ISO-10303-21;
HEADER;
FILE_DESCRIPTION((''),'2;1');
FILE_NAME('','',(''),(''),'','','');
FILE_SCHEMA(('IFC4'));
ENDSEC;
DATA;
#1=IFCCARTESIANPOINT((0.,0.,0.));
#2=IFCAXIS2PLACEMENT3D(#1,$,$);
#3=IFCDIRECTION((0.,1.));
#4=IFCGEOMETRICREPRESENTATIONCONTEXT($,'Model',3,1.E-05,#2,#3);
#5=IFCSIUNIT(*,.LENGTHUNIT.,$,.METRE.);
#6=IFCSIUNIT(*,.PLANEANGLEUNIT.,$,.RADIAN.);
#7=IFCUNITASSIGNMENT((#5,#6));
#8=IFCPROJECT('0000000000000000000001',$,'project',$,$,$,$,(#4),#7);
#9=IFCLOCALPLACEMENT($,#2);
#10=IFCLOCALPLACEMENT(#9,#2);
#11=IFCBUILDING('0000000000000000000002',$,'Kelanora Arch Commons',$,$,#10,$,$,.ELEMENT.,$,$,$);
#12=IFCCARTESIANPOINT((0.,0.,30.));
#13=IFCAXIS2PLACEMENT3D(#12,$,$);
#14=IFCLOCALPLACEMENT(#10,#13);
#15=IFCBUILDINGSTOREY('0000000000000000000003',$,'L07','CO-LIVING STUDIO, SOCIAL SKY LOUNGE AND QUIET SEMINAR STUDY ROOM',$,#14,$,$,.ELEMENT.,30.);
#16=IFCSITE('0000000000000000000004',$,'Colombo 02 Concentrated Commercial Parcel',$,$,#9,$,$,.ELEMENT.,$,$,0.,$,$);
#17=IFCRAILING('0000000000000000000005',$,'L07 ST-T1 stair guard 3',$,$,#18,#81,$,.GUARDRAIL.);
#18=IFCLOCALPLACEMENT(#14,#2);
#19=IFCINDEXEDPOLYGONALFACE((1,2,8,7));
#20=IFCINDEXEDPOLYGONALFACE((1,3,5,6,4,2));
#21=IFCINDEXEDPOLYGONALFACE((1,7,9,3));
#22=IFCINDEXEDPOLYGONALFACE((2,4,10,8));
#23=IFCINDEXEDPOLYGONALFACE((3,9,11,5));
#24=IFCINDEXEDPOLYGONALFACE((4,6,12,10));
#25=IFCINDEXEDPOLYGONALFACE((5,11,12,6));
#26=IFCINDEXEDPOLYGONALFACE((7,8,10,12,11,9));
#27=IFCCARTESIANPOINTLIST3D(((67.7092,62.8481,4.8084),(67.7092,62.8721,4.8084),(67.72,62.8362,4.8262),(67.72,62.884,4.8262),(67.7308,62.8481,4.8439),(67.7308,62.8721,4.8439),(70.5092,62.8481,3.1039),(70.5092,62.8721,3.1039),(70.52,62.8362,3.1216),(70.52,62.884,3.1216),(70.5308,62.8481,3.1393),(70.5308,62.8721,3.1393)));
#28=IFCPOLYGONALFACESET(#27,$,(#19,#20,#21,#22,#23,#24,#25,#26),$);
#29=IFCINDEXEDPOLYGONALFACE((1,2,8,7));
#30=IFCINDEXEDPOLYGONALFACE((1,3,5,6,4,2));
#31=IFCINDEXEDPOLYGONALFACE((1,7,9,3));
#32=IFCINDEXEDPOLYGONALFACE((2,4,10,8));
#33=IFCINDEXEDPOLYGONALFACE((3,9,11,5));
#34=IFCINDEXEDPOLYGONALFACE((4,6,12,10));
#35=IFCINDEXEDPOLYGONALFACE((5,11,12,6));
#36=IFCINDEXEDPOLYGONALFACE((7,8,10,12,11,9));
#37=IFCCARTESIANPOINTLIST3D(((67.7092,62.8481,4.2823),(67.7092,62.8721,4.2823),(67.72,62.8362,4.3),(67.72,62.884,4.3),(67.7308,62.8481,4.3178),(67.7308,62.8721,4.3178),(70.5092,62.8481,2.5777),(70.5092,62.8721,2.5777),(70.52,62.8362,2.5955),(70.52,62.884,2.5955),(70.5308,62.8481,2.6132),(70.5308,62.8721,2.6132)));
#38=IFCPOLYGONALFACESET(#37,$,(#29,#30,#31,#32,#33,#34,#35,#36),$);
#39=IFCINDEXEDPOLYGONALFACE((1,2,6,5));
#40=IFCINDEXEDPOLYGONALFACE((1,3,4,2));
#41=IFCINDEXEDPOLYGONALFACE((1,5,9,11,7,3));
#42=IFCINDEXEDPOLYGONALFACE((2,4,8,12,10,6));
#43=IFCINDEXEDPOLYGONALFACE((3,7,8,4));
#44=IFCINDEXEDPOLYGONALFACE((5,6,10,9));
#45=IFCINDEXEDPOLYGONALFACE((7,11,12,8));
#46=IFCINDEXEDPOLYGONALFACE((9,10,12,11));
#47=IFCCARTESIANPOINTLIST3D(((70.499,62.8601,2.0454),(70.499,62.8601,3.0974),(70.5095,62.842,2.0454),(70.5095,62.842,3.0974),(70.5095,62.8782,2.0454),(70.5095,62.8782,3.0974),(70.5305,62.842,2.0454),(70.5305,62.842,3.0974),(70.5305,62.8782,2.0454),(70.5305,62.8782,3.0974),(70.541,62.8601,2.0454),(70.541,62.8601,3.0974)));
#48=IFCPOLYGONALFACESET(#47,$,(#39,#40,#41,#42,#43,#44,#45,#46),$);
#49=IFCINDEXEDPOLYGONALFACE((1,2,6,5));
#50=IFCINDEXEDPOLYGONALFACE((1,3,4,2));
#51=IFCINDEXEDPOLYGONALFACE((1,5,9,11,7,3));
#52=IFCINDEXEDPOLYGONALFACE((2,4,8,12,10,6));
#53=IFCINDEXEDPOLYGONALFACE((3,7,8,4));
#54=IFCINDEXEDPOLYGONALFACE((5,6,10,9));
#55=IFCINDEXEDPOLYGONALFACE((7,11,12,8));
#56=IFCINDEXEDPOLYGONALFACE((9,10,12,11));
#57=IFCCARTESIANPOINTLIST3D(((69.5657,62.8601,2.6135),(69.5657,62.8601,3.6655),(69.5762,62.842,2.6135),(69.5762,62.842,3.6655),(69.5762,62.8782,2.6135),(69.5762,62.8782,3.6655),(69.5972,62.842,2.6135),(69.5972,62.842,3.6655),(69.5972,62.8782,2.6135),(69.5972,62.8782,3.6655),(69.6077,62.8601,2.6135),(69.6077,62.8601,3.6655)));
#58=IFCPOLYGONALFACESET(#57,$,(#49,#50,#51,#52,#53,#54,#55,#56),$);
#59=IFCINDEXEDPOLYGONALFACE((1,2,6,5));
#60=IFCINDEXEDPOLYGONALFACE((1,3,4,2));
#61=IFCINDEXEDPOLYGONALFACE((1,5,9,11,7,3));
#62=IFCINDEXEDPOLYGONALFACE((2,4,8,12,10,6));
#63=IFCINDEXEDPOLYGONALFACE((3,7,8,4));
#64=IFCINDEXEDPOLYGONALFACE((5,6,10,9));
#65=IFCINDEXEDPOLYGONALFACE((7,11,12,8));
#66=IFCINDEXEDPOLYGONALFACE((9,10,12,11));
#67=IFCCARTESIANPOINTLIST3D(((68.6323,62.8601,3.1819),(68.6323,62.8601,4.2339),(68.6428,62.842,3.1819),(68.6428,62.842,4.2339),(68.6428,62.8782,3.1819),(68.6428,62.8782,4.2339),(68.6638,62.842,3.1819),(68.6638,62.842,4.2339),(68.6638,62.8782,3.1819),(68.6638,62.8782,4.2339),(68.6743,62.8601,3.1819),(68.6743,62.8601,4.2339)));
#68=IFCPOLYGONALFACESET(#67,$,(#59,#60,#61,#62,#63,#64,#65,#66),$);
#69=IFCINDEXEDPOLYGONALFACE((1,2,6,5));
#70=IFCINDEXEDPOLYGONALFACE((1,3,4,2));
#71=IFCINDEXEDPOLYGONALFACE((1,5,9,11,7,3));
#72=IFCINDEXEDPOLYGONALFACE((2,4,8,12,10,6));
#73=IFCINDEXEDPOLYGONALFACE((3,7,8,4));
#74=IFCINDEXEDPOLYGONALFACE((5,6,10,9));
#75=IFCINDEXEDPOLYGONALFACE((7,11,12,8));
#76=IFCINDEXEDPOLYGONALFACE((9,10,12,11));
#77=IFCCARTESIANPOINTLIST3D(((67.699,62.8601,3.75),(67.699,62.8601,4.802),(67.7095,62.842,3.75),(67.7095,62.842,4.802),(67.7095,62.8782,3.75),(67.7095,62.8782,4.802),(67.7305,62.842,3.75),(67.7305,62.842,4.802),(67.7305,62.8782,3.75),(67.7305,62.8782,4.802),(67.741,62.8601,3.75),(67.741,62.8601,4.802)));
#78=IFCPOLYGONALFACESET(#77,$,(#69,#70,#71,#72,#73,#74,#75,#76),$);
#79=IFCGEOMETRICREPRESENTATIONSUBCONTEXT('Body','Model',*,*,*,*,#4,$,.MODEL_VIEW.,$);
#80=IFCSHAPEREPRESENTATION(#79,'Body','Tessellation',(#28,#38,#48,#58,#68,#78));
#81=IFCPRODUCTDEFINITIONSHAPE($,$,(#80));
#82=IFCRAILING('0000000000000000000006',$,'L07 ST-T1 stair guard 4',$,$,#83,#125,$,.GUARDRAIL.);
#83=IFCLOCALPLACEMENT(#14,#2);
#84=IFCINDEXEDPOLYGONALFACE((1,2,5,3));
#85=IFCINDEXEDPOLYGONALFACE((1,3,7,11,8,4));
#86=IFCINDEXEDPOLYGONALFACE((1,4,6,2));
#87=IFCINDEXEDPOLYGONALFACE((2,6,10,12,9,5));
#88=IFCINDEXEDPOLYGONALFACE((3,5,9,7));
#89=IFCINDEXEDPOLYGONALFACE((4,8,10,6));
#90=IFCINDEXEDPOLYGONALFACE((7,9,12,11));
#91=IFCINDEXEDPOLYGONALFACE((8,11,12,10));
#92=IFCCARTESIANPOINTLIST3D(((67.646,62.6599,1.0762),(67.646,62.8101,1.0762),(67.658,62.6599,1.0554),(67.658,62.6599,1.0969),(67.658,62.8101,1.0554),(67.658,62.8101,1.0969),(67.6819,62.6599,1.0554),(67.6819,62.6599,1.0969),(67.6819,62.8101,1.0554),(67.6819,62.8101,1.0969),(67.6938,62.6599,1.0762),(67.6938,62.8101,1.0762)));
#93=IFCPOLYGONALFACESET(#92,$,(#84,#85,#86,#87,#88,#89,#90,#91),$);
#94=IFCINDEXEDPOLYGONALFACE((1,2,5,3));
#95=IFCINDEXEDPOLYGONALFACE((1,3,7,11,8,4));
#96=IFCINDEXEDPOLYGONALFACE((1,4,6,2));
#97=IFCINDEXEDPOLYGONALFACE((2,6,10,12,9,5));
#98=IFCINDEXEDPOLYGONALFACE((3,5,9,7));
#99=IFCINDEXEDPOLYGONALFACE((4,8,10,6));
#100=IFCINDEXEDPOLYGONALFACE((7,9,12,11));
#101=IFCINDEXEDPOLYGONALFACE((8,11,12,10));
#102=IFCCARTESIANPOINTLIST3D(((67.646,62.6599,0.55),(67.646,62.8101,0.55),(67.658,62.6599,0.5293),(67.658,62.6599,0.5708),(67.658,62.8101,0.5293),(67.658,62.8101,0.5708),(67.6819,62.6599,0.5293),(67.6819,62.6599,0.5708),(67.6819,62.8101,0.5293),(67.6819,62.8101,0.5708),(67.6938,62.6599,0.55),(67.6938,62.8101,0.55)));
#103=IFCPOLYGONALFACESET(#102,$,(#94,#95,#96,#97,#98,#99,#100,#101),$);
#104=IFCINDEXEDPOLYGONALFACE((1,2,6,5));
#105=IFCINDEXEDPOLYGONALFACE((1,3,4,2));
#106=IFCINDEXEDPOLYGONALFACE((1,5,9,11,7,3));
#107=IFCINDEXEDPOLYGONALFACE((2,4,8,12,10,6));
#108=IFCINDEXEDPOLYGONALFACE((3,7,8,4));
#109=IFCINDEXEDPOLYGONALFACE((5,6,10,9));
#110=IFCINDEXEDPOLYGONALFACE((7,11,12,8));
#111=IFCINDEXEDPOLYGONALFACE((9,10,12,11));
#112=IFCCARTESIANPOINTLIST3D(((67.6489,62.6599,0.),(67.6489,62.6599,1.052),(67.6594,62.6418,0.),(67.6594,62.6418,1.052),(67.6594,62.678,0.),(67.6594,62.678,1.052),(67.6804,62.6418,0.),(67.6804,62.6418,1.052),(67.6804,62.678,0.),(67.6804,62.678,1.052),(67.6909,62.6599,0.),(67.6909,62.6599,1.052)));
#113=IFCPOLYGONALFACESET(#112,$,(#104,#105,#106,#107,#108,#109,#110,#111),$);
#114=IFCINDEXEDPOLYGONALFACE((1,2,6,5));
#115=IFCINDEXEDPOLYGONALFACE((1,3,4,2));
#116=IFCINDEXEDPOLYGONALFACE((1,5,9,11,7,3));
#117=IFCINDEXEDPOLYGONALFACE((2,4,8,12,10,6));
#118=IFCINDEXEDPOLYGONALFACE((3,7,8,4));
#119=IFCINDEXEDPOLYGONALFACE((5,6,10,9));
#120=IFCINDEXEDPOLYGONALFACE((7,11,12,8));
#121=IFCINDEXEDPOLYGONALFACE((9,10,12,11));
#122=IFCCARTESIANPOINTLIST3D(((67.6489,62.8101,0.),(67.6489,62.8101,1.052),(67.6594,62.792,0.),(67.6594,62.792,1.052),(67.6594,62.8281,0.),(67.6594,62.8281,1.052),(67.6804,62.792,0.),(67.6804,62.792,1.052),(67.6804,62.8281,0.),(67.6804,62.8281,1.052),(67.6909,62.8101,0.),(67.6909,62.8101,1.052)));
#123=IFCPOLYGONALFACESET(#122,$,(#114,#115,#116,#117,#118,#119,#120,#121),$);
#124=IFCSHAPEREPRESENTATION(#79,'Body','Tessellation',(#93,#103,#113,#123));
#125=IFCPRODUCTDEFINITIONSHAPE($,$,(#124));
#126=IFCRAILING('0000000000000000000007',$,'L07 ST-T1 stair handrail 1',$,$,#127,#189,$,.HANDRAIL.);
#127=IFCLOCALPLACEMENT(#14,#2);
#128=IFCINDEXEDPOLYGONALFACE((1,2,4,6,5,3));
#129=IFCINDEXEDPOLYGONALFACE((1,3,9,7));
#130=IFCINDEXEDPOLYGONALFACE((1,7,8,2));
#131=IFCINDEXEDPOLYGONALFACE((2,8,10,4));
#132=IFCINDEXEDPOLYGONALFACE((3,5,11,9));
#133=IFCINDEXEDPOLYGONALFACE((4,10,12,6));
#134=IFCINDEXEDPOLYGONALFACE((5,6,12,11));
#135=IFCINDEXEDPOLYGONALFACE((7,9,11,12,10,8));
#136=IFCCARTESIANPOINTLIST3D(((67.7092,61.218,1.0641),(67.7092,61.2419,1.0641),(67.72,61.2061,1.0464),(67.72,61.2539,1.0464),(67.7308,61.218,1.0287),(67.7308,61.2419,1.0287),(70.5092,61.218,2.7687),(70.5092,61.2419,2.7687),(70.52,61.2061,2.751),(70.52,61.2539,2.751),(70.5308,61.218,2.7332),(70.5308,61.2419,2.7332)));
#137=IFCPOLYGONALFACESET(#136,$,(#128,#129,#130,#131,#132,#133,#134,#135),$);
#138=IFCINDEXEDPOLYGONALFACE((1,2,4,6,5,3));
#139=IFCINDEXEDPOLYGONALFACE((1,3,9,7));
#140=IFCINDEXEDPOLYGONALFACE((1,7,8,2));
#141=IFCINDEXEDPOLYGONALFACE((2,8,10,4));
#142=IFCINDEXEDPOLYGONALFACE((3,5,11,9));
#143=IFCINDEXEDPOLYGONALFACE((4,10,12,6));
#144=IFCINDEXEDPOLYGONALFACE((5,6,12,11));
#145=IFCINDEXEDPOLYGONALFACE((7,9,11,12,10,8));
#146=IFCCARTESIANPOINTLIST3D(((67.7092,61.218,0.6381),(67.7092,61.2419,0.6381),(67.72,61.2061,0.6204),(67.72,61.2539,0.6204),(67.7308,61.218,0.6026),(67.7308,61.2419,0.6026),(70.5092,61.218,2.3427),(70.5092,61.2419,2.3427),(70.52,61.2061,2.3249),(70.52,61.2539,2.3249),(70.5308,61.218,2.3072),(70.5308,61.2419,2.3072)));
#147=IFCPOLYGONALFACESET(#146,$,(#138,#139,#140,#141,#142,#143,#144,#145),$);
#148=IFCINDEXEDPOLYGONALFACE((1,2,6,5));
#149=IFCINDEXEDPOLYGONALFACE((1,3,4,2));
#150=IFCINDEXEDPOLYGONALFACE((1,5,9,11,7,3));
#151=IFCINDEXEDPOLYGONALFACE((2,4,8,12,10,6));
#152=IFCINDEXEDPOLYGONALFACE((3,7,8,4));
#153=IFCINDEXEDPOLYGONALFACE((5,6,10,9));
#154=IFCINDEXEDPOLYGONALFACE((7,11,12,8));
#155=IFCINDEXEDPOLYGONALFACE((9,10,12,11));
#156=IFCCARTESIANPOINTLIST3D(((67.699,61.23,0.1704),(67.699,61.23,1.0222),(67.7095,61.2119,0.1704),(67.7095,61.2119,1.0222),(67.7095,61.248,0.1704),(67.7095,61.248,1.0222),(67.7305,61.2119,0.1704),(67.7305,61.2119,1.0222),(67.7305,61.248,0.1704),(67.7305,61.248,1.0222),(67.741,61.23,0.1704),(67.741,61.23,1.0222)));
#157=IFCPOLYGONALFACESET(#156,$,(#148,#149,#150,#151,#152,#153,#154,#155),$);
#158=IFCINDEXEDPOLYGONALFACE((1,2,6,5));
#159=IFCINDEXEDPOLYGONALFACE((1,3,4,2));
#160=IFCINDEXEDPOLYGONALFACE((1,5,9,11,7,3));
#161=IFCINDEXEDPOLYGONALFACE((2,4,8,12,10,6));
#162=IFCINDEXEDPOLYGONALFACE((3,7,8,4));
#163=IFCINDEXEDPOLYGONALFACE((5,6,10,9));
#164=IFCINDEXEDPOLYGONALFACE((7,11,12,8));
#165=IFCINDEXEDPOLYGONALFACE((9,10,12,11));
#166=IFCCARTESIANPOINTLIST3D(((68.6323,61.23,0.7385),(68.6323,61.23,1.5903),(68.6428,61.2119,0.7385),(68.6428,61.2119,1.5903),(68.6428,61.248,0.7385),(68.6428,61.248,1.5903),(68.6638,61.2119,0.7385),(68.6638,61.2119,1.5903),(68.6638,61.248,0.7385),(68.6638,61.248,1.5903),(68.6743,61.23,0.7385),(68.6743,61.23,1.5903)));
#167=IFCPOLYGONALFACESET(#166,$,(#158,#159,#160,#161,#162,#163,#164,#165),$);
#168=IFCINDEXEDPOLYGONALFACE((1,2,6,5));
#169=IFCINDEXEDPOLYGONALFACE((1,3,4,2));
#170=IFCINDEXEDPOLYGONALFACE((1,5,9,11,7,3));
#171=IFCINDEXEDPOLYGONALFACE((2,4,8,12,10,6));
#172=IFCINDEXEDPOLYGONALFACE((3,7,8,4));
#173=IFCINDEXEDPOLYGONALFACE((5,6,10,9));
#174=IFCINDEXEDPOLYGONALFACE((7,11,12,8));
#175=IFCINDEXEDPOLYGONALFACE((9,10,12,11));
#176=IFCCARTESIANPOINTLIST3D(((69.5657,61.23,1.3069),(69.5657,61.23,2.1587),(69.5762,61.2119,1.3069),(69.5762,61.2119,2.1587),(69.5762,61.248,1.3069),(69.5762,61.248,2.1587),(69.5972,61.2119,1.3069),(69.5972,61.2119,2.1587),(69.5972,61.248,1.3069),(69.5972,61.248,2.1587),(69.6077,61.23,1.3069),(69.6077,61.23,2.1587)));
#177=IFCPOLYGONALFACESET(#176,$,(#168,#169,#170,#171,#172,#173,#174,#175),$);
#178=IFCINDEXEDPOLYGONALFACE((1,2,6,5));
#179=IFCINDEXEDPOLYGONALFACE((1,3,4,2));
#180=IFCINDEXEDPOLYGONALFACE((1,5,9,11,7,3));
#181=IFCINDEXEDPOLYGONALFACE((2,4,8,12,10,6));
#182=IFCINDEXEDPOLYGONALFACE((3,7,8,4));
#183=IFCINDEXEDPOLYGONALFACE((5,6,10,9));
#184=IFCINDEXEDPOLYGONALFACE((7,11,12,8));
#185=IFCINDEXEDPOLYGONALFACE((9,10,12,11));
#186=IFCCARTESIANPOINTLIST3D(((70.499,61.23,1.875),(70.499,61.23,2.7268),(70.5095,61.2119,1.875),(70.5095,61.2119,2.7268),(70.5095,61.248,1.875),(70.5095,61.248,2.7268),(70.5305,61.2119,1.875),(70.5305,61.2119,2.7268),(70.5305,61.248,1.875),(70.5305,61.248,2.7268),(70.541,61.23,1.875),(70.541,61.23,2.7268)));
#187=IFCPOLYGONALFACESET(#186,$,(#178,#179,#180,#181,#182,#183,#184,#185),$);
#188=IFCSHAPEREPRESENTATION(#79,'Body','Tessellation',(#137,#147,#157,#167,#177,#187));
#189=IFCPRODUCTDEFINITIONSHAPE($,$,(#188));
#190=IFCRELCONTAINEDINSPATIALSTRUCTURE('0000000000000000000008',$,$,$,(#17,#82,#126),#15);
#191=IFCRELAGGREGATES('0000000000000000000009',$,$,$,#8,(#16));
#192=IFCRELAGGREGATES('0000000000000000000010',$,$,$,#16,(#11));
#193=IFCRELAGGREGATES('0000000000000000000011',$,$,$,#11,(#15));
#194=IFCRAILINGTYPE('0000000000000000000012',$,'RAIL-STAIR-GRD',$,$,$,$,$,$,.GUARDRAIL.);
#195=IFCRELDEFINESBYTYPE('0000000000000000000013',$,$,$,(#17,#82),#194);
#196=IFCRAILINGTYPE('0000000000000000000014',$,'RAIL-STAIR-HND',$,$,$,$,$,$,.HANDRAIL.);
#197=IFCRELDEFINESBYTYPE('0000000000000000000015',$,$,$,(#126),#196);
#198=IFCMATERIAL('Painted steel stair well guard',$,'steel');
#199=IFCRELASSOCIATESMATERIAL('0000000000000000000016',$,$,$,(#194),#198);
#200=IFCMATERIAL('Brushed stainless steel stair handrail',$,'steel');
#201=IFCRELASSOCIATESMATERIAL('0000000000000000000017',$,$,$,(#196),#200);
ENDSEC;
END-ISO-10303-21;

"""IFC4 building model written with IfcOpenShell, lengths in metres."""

from ifc_helpers import new_model, si_unit, direction, frame, origin, place, context, subcontext, project, spatial, polyline, outline, extrude, material, type_object, element, save


model = new_model("IFC4")

# Units and contexts
model_context = context("Model", 3, precision=1e-05, world=origin(), true_north=direction((0.0, 1.0)))
body_context = subcontext(model_context, "Body", "Model", "MODEL_VIEW")
ifc_project = project(units=[si_unit("LENGTHUNIT", "METRE"), si_unit("PLANEANGLEUNIT", "RADIAN")], contexts=[model_context])

# Site, building, storey
site_placement = place(None, origin())
site = spatial("IfcSite", under=ifc_project, at=site_placement, Name="Colombo 02 Concentrated Commercial Parcel", CompositionType="ELEMENT", RefElevation=0.0)
building_placement = place(site_placement, origin())
building = spatial("IfcBuilding", under=site, at=building_placement, Name="Kelanora Arch Commons", CompositionType="ELEMENT")
storey_placement = place(building_placement, frame((0.0, 0.0, 30.0)))
storey = spatial("IfcBuildingStorey", under=building, at=storey_placement, Name="L07", Description="CO-LIVING STUDIO, SOCIAL SKY LOUNGE AND QUIET SEMINAR STUDY ROOM", CompositionType="ELEMENT", Elevation=30.0)

# Railings
ifc_material_1 = material(Name="Painted steel stair well guard", Category="steel")
railing_type_1 = type_object("IfcRailingType", Name="RAIL-STAIR-GRD", PredefinedType="GUARDRAIL", material=ifc_material_1)
railing_1_placement = place(storey_placement, frame((70.52, 62.8601, 2.0454)))
element("IfcRailing", 1, at=railing_1_placement, inside=storey, type_object=railing_type_1, Name="L07 ST-T1 stair guard 3", PredefinedType="GUARDRAIL", context=body_context, shape_type="SweptSolid", body=[
    extrude(outline(polyline([(0.0239, 0.0), (0.012, 0.0208), (-0.012, 0.0208), (-0.0239, 0.0), (-0.012, -0.0208), (0.012, -0.0208), (0.0239, 0.0)])), frame((0.0, 0.0, 1.0762), z_axis=(-0.85417, 0.0, 0.519994), x_axis=(0.0, -1.0, 0.0)), (0.0, 0.0, 1.0), 3.2781),
    extrude(outline(polyline([(0.0239, 0.0), (0.012, 0.0208), (-0.012, 0.0208), (-0.0239, 0.0), (-0.012, -0.0208), (0.012, -0.0208), (0.0239, 0.0)])), frame((0.0, 0.0, 0.55), z_axis=(-0.85417, 0.0, 0.519994), x_axis=(0.0, -1.0, 0.0)), (0.0, 0.0, 1.0), 3.2781),
    extrude(outline(polyline([(0.021, 0.0), (0.0105, 0.0181), (-0.0105, 0.0181), (-0.021, 0.0), (-0.0105, -0.0181), (0.0105, -0.0181), (0.021, 0.0)])), origin(), (0.0, 0.0, 1.0), 1.052),
    extrude(outline(polyline([(0.021, 0.0), (0.0105, 0.0181), (-0.0105, 0.0181), (-0.021, 0.0), (-0.0105, -0.0181), (0.0105, -0.0181), (0.021, 0.0)])), frame((-0.9333, 0.0, 0.5681)), (0.0, 0.0, 1.0), 1.052),
    extrude(outline(polyline([(0.021, 0.0), (0.0105, 0.0181), (-0.0105, 0.0181), (-0.021, 0.0), (-0.0105, -0.0181), (0.0105, -0.0181), (0.021, 0.0)])), frame((-1.8667, 0.0, 1.1365)), (0.0, 0.0, 1.0), 1.052),
    extrude(outline(polyline([(0.021, 0.0), (0.0105, 0.0181), (-0.0105, 0.0181), (-0.021, 0.0), (-0.0105, -0.0181), (0.0105, -0.0181), (0.021, 0.0)])), frame((-2.8, 0.0, 1.7046)), (0.0, 0.0, 1.0), 1.052),
])
railing_2_placement = place(storey_placement, frame((67.6699, 62.6599, 0.0)))
element("IfcRailing", 2, at=railing_2_placement, inside=storey, type_object=railing_type_1, Name="L07 ST-T1 stair guard 4", PredefinedType="GUARDRAIL", context=body_context, shape_type="SweptSolid", body=[
    extrude(outline(polyline([(0.0239, 0.0), (0.012, 0.0208), (-0.012, 0.0208), (-0.0239, 0.0), (-0.012, -0.0208), (0.012, -0.0208), (0.0239, 0.0)])), frame((0.0, 0.0, 1.0762), z_axis=(0.0, 1.0, 0.0), x_axis=(-1.0, 0.0, 0.0)), (0.0, 0.0, 1.0), 0.1501),
    extrude(outline(polyline([(0.0239, 0.0), (0.012, 0.0208), (-0.012, 0.0208), (-0.0239, 0.0), (-0.012, -0.0208), (0.012, -0.0208), (0.0239, 0.0)])), frame((0.0, 0.0, 0.55), z_axis=(0.0, 1.0, 0.0), x_axis=(-1.0, 0.0, 0.0)), (0.0, 0.0, 1.0), 0.1501),
    extrude(outline(polyline([(0.021, 0.0), (0.0105, 0.0181), (-0.0105, 0.0181), (-0.021, 0.0), (-0.0105, -0.0181), (0.0105, -0.0181), (0.021, 0.0)])), origin(), (0.0, 0.0, 1.0), 1.052),
    extrude(outline(polyline([(0.021, 0.0), (0.0105, 0.0181), (-0.0105, 0.0181), (-0.021, 0.0), (-0.0105, -0.0181), (0.0105, -0.0181), (0.021, 0.0)])), frame((0.0, 0.1501, 0.0)), (0.0, 0.0, 1.0), 1.052),
])
ifc_material_2 = material(Name="Brushed stainless steel stair handrail", Category="steel")
railing_type_2 = type_object("IfcRailingType", Name="RAIL-STAIR-HND", PredefinedType="HANDRAIL", material=ifc_material_2)
railing_3_placement = place(storey_placement, frame((67.72, 61.23, 0.1704)))
element("IfcRailing", 3, at=railing_3_placement, inside=storey, type_object=railing_type_2, Name="L07 ST-T1 stair handrail 1", PredefinedType="HANDRAIL", context=body_context, shape_type="SweptSolid", body=[
    extrude(outline(polyline([(0.0239, 0.0), (0.012, 0.0208), (-0.012, 0.0208), (-0.0239, 0.0), (-0.012, -0.0208), (0.012, -0.0208), (0.0239, 0.0)])), frame((0.0, 0.0, 0.876), z_axis=(0.85417, 0.0, 0.519994), x_axis=(0.0, 1.0, 0.0)), (0.0, 0.0, 1.0), 3.2781),
    extrude(outline(polyline([(0.0239, 0.0), (0.012, 0.0208), (-0.012, 0.0208), (-0.0239, 0.0), (-0.012, -0.0208), (0.012, -0.0208), (0.0239, 0.0)])), frame((0.0, 0.0, 0.45), z_axis=(0.85417, 0.0, 0.519994), x_axis=(0.0, 1.0, 0.0)), (0.0, 0.0, 1.0), 3.2781),
    extrude(outline(polyline([(0.021, 0.0), (0.0105, 0.0181), (-0.0105, 0.0181), (-0.021, 0.0), (-0.0105, -0.0181), (0.0105, -0.0181), (0.021, 0.0)])), origin(), (0.0, 0.0, 1.0), 0.8518),
    extrude(outline(polyline([(0.021, 0.0), (0.0105, 0.0181), (-0.0105, 0.0181), (-0.021, 0.0), (-0.0105, -0.0181), (0.0105, -0.0181), (0.021, 0.0)])), frame((0.9333, 0.0, 0.5681)), (0.0, 0.0, 1.0), 0.8518),
    extrude(outline(polyline([(0.021, 0.0), (0.0105, 0.0181), (-0.0105, 0.0181), (-0.021, 0.0), (-0.0105, -0.0181), (0.0105, -0.0181), (0.021, 0.0)])), frame((1.8667, 0.0, 1.1365)), (0.0, 0.0, 1.0), 0.8518),
    extrude(outline(polyline([(0.021, 0.0), (0.0105, 0.0181), (-0.0105, 0.0181), (-0.021, 0.0), (-0.0105, -0.0181), (0.0105, -0.0181), (0.021, 0.0)])), frame((2.8, 0.0, 1.7046)), (0.0, 0.0, 1.0), 0.8518),
])

save(model, "model.ifc")
